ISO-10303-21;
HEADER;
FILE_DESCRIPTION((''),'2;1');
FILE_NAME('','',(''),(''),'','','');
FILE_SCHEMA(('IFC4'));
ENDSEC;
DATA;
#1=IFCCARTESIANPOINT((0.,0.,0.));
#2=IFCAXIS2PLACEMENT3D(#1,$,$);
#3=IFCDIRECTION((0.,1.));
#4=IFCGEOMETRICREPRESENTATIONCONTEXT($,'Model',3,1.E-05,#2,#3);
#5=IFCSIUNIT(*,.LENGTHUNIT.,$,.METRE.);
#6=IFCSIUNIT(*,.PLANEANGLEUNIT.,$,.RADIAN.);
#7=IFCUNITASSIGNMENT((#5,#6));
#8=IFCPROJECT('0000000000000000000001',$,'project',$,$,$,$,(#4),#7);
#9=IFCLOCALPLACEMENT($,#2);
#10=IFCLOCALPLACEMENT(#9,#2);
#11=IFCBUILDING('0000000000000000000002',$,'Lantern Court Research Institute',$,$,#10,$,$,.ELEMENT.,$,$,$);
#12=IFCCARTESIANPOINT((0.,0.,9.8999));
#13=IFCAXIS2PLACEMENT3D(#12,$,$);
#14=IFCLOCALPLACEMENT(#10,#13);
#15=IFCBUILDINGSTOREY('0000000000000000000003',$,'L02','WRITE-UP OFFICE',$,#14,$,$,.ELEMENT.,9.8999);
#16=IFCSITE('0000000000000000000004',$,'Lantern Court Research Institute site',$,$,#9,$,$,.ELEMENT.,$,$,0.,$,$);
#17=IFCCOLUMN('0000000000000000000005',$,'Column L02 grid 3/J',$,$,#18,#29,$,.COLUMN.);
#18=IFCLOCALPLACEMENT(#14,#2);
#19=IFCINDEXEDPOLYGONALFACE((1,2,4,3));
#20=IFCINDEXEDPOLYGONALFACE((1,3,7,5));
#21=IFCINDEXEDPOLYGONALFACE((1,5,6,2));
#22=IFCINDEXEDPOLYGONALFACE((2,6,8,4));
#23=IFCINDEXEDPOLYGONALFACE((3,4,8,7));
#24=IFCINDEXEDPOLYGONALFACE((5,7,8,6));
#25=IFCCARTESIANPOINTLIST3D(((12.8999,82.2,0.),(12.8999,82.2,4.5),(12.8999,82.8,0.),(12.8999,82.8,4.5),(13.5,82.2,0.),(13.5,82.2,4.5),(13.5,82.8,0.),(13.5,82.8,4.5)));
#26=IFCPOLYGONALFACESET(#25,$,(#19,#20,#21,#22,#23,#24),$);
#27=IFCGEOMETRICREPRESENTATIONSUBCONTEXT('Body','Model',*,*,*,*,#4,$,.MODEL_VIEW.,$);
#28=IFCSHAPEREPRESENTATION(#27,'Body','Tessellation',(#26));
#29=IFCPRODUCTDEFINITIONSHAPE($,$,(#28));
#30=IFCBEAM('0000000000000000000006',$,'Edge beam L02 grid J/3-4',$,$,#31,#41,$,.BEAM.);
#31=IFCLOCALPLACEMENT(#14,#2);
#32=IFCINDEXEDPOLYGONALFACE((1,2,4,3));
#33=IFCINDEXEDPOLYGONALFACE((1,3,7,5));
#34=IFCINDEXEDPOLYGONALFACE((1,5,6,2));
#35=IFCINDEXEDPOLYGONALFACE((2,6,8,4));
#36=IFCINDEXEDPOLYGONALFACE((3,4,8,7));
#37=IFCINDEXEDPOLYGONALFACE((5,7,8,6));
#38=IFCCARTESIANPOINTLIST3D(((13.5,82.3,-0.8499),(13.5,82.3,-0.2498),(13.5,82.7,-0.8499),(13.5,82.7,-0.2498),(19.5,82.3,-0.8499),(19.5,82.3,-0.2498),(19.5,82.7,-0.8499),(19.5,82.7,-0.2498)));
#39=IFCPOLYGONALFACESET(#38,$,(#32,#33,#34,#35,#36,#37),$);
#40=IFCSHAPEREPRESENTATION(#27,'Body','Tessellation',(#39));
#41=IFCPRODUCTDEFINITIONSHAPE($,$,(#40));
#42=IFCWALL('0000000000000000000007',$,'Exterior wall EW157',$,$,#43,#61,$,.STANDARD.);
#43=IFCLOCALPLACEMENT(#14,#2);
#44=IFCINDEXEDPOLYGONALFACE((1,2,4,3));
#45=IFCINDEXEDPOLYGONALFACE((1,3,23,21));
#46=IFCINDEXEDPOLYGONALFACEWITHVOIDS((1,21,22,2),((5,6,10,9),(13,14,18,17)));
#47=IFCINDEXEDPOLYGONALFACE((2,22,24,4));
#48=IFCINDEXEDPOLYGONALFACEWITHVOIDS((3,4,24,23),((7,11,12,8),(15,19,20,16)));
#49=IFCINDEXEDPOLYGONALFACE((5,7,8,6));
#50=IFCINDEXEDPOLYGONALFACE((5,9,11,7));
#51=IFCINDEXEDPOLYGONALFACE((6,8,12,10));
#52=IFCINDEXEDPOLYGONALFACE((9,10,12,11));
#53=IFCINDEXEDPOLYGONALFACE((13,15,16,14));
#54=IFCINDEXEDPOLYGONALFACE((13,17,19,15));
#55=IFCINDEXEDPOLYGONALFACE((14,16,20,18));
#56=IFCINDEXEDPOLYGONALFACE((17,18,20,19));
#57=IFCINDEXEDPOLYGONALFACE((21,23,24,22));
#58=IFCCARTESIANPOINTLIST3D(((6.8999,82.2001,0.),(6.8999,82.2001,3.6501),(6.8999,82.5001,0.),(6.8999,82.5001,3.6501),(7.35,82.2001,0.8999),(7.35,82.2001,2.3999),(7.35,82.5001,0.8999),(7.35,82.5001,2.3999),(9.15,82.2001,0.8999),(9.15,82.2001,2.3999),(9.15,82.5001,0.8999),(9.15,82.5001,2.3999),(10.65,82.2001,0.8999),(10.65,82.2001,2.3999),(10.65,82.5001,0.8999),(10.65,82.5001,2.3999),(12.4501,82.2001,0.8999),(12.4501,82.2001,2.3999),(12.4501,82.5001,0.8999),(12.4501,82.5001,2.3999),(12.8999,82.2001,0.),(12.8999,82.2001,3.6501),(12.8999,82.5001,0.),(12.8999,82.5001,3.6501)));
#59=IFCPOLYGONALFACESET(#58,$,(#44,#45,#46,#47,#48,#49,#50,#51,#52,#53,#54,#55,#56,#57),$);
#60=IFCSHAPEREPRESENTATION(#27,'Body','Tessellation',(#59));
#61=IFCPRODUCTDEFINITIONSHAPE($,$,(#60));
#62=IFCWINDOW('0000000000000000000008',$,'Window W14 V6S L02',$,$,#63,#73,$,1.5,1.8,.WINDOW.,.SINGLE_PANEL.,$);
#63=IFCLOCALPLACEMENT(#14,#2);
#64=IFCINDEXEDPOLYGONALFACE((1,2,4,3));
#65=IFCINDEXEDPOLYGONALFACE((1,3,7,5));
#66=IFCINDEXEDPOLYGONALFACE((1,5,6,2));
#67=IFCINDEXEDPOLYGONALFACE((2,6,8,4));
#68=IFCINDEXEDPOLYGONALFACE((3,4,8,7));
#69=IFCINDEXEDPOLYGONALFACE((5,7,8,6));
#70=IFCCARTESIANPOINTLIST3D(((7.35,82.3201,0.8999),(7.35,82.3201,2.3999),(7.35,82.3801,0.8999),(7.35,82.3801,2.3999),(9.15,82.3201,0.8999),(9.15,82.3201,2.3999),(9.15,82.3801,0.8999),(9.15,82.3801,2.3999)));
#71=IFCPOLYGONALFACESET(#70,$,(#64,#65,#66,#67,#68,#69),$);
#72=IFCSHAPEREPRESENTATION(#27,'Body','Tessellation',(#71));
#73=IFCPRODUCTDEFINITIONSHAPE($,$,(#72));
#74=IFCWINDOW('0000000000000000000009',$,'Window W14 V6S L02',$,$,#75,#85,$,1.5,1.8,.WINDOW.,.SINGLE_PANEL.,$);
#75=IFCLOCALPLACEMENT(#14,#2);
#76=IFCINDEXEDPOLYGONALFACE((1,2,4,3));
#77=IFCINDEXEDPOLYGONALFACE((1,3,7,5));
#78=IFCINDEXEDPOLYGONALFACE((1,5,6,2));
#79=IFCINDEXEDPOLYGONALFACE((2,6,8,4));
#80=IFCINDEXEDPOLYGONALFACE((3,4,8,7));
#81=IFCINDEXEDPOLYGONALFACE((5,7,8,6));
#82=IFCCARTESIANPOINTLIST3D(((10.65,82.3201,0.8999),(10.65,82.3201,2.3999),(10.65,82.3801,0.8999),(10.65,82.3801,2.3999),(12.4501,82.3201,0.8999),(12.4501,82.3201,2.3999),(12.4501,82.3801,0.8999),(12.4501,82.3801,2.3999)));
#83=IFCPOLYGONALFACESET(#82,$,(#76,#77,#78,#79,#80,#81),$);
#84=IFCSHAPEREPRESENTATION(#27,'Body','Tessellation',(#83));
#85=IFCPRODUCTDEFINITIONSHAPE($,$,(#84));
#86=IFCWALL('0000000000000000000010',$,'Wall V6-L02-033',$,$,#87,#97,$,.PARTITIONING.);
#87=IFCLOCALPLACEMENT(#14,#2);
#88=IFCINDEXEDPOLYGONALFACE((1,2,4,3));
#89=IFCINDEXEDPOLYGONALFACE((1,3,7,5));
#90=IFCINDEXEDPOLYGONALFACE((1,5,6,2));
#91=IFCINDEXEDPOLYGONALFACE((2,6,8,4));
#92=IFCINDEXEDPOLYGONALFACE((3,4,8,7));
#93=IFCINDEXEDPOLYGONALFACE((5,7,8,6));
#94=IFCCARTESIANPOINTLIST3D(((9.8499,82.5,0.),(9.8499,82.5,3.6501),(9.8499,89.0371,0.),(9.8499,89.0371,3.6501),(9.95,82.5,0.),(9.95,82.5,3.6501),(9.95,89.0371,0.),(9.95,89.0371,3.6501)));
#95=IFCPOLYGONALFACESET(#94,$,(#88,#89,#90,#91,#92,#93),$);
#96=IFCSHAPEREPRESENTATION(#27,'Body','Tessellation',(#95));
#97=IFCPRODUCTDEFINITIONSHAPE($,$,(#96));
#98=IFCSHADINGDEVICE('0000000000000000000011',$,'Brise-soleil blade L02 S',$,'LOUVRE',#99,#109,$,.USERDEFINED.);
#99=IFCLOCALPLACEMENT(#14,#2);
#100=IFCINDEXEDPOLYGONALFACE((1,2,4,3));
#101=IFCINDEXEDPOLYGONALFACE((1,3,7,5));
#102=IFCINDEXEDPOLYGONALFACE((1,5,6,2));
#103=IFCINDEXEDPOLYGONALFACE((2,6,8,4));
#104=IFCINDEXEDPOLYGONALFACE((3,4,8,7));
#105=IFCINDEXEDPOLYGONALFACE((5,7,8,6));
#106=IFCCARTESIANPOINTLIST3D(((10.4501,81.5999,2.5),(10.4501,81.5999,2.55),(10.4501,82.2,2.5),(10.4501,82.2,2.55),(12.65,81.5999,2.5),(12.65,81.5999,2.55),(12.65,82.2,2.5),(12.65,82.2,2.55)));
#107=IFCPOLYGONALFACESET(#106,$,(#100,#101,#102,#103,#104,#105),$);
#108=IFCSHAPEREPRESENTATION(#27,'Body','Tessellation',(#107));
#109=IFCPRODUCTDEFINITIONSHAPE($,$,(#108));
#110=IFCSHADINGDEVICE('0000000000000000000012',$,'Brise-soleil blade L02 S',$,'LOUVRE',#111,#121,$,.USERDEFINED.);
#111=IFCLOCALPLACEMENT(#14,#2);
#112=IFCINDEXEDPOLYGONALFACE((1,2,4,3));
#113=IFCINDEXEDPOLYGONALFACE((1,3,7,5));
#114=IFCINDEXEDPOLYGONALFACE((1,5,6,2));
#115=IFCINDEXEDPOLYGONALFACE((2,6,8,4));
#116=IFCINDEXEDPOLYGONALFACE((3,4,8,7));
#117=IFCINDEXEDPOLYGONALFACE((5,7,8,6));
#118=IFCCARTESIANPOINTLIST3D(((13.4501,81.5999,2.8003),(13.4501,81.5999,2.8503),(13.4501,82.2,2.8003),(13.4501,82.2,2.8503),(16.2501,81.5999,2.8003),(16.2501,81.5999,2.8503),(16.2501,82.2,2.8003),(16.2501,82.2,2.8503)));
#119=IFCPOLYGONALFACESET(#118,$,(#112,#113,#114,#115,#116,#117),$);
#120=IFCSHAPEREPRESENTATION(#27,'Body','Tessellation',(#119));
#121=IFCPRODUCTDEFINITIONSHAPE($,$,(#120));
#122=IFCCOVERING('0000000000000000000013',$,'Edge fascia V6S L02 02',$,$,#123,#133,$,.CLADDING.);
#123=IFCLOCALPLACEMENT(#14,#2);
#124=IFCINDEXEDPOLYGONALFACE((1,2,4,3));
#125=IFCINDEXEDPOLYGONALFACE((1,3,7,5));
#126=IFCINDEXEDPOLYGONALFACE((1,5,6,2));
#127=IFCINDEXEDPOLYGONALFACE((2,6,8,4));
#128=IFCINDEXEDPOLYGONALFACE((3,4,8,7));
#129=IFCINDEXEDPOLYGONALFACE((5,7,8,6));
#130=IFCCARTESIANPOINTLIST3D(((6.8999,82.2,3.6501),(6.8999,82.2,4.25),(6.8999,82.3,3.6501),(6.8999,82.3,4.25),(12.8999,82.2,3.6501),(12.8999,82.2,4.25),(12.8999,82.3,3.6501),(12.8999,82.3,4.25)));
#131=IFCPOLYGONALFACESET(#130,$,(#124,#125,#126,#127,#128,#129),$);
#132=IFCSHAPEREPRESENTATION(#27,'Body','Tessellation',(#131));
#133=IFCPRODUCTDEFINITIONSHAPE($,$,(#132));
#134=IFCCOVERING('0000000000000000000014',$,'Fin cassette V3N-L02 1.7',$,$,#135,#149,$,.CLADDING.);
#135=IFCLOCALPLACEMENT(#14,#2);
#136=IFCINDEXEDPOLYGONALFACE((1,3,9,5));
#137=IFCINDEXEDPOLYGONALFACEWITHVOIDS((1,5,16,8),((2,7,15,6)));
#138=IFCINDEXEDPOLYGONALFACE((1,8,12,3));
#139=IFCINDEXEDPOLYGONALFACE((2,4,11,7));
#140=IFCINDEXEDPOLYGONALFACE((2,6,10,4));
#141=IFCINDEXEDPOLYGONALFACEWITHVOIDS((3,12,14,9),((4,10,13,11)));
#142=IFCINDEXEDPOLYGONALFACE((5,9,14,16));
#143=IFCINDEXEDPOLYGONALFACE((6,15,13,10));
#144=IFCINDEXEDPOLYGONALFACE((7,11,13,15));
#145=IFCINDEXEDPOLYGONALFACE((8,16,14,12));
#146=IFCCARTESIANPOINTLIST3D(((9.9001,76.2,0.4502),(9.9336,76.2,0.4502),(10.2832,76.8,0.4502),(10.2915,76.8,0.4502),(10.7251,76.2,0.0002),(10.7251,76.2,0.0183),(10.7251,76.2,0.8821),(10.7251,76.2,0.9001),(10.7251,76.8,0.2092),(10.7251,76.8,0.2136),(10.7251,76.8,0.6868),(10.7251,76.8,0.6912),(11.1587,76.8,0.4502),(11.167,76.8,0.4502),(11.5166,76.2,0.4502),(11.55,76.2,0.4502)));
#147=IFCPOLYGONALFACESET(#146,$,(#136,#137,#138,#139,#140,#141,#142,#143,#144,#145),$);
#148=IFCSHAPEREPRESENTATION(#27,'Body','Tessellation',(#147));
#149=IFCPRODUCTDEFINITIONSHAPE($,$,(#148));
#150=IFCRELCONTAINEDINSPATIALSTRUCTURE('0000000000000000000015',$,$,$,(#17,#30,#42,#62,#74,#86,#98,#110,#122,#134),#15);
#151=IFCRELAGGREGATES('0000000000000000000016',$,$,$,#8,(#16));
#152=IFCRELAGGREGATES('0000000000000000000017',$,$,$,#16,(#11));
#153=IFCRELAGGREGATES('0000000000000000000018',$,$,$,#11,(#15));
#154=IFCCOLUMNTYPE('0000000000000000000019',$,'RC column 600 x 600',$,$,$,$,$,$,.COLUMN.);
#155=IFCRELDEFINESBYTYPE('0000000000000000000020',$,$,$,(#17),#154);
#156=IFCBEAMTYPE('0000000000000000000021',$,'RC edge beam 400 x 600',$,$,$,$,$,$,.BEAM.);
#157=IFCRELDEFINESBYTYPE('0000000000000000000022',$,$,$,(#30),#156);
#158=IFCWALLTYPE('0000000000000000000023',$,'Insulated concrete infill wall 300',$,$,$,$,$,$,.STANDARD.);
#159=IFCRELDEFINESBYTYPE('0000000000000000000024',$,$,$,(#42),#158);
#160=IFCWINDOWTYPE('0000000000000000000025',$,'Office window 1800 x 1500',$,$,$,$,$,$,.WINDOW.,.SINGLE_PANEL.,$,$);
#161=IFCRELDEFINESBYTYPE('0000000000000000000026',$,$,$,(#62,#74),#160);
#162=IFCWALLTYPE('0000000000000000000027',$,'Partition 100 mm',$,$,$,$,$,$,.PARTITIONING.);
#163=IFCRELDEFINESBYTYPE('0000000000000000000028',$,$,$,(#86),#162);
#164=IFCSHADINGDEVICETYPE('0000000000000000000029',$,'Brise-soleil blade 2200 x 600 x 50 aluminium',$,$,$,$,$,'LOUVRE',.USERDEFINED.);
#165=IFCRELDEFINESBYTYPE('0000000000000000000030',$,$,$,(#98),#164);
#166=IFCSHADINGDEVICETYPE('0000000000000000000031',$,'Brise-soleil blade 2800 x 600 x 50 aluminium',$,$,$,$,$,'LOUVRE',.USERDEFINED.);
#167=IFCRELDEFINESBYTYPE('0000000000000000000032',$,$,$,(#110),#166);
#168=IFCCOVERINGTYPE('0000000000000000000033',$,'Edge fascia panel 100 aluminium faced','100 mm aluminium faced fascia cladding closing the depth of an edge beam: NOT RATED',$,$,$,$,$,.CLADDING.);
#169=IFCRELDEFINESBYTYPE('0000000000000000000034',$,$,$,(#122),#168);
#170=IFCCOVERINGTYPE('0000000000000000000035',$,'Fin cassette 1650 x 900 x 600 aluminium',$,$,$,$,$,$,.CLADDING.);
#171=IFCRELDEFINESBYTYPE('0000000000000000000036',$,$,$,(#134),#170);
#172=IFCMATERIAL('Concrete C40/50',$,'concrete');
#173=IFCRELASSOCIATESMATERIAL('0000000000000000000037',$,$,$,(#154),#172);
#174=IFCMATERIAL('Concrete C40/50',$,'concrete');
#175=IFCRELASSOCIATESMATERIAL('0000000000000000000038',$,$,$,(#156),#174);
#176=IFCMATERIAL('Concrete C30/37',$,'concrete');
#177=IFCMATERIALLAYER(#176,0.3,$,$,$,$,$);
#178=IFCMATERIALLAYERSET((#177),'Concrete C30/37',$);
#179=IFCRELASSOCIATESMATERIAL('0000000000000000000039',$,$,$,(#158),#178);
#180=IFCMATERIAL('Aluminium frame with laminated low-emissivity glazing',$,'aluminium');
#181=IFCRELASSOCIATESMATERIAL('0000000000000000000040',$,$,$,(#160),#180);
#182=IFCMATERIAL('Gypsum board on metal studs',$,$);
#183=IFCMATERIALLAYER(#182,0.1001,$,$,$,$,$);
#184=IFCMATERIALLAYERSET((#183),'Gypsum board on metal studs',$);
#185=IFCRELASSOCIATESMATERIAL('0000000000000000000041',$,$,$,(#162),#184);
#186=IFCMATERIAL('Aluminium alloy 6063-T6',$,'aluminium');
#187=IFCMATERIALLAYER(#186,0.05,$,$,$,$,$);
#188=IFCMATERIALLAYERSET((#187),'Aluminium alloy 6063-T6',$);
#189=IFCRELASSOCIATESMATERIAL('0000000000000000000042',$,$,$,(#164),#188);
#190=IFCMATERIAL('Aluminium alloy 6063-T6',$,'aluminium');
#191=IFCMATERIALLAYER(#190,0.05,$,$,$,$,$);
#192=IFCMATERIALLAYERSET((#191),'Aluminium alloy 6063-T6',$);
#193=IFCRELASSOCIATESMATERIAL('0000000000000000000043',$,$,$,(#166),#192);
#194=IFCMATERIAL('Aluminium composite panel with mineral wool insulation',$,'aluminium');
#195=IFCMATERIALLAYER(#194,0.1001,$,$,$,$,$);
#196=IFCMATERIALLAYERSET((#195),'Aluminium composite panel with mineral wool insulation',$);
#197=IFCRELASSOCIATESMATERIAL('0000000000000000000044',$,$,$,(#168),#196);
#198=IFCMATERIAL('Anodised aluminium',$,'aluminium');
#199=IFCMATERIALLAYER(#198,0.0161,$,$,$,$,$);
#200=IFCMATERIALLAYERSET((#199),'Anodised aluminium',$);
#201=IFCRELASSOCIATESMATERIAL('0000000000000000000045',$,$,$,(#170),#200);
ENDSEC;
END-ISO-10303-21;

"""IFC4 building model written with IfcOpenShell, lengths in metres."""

from ifc_helpers import new_model, entity, si_unit, direction, frame, frame_2d, origin, origin_2d, place, context, subcontext, project, spatial, rectangle, extrude, material, layer, layer_set, material_profile, profile_set, type_object, element, fill, save


model = new_model("IFC4")

# Units and contexts
model_context = context("Model", 3, precision=1e-05, world=origin(), true_north=direction((0.0, 1.0)))
body_context = subcontext(model_context, "Body", "Model", "MODEL_VIEW")
ifc_project = project(units=[si_unit("LENGTHUNIT", "METRE"), si_unit("PLANEANGLEUNIT", "RADIAN")], contexts=[model_context])

# Site, building, storey
site_placement = place(None, origin())
site = spatial("IfcSite", under=ifc_project, at=site_placement, Name="Lantern Court Research Institute site", CompositionType="ELEMENT", RefElevation=0.0)
building_placement = place(site_placement, origin())
building = spatial("IfcBuilding", under=site, at=building_placement, Name="Lantern Court Research Institute", CompositionType="ELEMENT")
storey_placement = place(building_placement, frame((0.0, 0.0, 9.8999)))
storey = spatial("IfcBuildingStorey", under=building, at=storey_placement, Name="L02", Description="WRITE-UP OFFICE", CompositionType="ELEMENT", Elevation=9.8999)

# Column
ifc_material_1 = material(Name="Concrete C40/50", Category="concrete")
ifc_material_profile_1 = material_profile(ifc_material_1, rectangle(XDim=0.6001, YDim=0.6001, at=origin_2d()), Name="RC column 600 x 600")
ifc_profile_set_1 = profile_set([ifc_material_profile_1], Name="Concrete C40/50")
column_type = type_object("IfcColumnType", Name="RC column 600 x 600", PredefinedType="COLUMN", material=ifc_profile_set_1)
column_placement = place(storey_placement, frame((13.2, 82.5, 0.0), z_axis=(0.0, 0.0, 1.0), x_axis=(1.0, 0.0, 0.0)))
element("IfcColumn", 1, at=column_placement, inside=storey, type_object=column_type, Name="Column L02 grid 3/J", PredefinedType="COLUMN", context=body_context, shape_type="SweptSolid", body=[
    extrude(rectangle(XDim=0.6001, YDim=0.6001, at=origin_2d()), origin(), (0.0, 0.0, 1.0), 4.5),
])

# Beam
ifc_material_2 = material(Name="Concrete C40/50", Category="concrete")
ifc_material_profile_2 = material_profile(ifc_material_2, rectangle(XDim=0.3999, YDim=0.6001, at=origin_2d()), Name="RC beam 400 x 600")
ifc_profile_set_2 = profile_set([ifc_material_profile_2], Name="Concrete C40/50")
beam_type = type_object("IfcBeamType", Name="RC edge beam 400 x 600", PredefinedType="BEAM", material=ifc_profile_set_2)
beam_placement = place(storey_placement, frame((13.5, 82.5, -0.5498), z_axis=(1.0, 0.0, 0.0), x_axis=(0.0, 1.0, 0.0)))
element("IfcBeam", 2, at=beam_placement, inside=storey, type_object=beam_type, Name="Edge beam L02 grid J/3-4", PredefinedType="BEAM", context=body_context, shape_type="SweptSolid", body=[
    extrude(rectangle(XDim=0.3999, YDim=0.6001, at=origin_2d()), origin(), (0.0, 0.0, 1.0), 6.0),
])

# Wall, openings, windows
ifc_material_3 = material(Name="Concrete C30/37", Category="concrete")
ifc_layer_1 = layer(ifc_material_3, 0.3)
ifc_layer_set_1 = layer_set([ifc_layer_1], Name="Concrete C30/37")
wall_type_1 = type_object("IfcWallType", Name="Insulated concrete infill wall 300", PredefinedType="STANDARD", material=ifc_layer_set_1)
wall_1_placement = place(storey_placement, frame((12.8999, 82.3501, 0.0), z_axis=(0.0, 0.0, 1.0), x_axis=(-1.0, 0.0, 0.0)))
wall_1 = element("IfcWall", 3, at=wall_1_placement, inside=storey, type_object=wall_type_1, Name="Exterior wall EW157", PredefinedType="STANDARD", context=body_context, shape_type="SweptSolid", body=[
    extrude(rectangle(XDim=6.0, YDim=0.3, at=frame_2d((3.0, 0.0))), origin(), (0.0, 0.0, 1.0), 3.6501),
])
opening_1_placement = place(wall_1_placement, frame((3.75, 0.0, 0.8999)))
opening_1 = element("IfcOpeningElement", 4, at=opening_1_placement, cuts=wall_1, PredefinedType="OPENING", context=body_context, shape_type="SweptSolid", body=[
    extrude(rectangle(XDim=1.8, YDim=1.5, at=frame_2d((0.8999, 0.75))), frame((0.0, 0.1599, 0.0), z_axis=(0.0, -1.0, 0.0), x_axis=(1.0, 0.0, 0.0)), (0.0, 0.0, 1.0), 0.3201),
])
opening_2_placement = place(wall_1_placement, frame((0.45, 0.0, 0.8999)))
opening_2 = element("IfcOpeningElement", 5, at=opening_2_placement, cuts=wall_1, PredefinedType="OPENING", context=body_context, shape_type="SweptSolid", body=[
    extrude(rectangle(XDim=1.8, YDim=1.5, at=frame_2d((0.8999, 0.75))), frame((0.0, 0.1599, 0.0), z_axis=(0.0, -1.0, 0.0), x_axis=(1.0, 0.0, 0.0)), (0.0, 0.0, 1.0), 0.3201),
])
ifc_material_4 = material(Name="Aluminium frame with laminated low-emissivity glazing", Category="aluminium")
window_type = type_object("IfcWindowType", Name="Office window 1800 x 1500", PartitioningType="SINGLE_PANEL", PredefinedType="WINDOW", material=ifc_material_4)
window_1_placement = place(opening_1_placement, origin())
window_1 = element("IfcWindow", 6, at=window_1_placement, inside=storey, type_object=window_type, Name="Window W14 V6S L02", OverallHeight=1.5, OverallWidth=1.8, PartitioningType="SINGLE_PANEL", PredefinedType="WINDOW", context=body_context, shape_type="SweptSolid", body=[
    extrude(rectangle(XDim=1.8, YDim=1.5, at=frame_2d((0.8999, 0.75))), frame((0.0, 0.03, 0.0), z_axis=(0.0, -1.0, 0.0), x_axis=(1.0, 0.0, 0.0)), (0.0, 0.0, 1.0), 0.0601),
])
fill(opening_1, window_1)
window_2_placement = place(opening_2_placement, origin())
window_2 = element("IfcWindow", 7, at=window_2_placement, inside=storey, type_object=window_type, Name="Window W14 V6S L02", OverallHeight=1.5, OverallWidth=1.8, PartitioningType="SINGLE_PANEL", PredefinedType="WINDOW", context=body_context, shape_type="SweptSolid", body=[
    extrude(rectangle(XDim=1.8, YDim=1.5, at=frame_2d((0.8999, 0.75))), frame((0.0, 0.03, 0.0), z_axis=(0.0, -1.0, 0.0), x_axis=(1.0, 0.0, 0.0)), (0.0, 0.0, 1.0), 0.0601),
])
fill(opening_2, window_2)

# Wall
ifc_material_5 = material(Name="Gypsum board on metal studs")
ifc_layer_2 = layer(ifc_material_5, 0.1001)
ifc_layer_set_2 = layer_set([ifc_layer_2], Name="Gypsum board on metal studs")
wall_type_2 = type_object("IfcWallType", Name="Partition 100 mm", PredefinedType="PARTITIONING", material=ifc_layer_set_2)
wall_2_placement = place(storey_placement, frame((9.8999, 82.5, 0.0), z_axis=(0.0, 0.0, 1.0), x_axis=(0.0, 1.0, 0.0)))
element("IfcWall", 8, at=wall_2_placement, inside=storey, type_object=wall_type_2, Name="Wall V6-L02-033", PredefinedType="PARTITIONING", context=body_context, shape_type="SweptSolid", body=[
    extrude(rectangle(XDim=6.5371, YDim=0.1001, at=frame_2d((3.2686, 0.0))), origin(), (0.0, 0.0, 1.0), 3.6501),
])

# Shading devices
ifc_material_6 = material(Name="Aluminium alloy 6063-T6", Category="aluminium")
ifc_layer_3 = layer(ifc_material_6, 0.05)
ifc_layer_set_3 = layer_set([ifc_layer_3], Name="Aluminium alloy 6063-T6")
shading_device_type_1 = type_object("IfcShadingDeviceType", Name="Brise-soleil blade 2200 x 600 x 50 aluminium", ElementType="LOUVRE", PredefinedType="USERDEFINED", material=ifc_layer_set_3)
shading_device_1_placement = place(storey_placement, frame((11.55, 81.8999, 2.5), z_axis=(0.0, 0.0, 1.0), x_axis=(-1.0, 0.0, 0.0)))
element("IfcShadingDevice", 9, at=shading_device_1_placement, inside=storey, type_object=shading_device_type_1, Name="Brise-soleil blade L02 S", ObjectType="LOUVRE", PredefinedType="USERDEFINED", context=body_context, shape_type="SweptSolid", body=[
    extrude(rectangle(XDim=2.2, YDim=0.6001, at=origin_2d()), origin(), (0.0, 0.0, 1.0), 0.05),
])
ifc_material_7 = material(Name="Aluminium alloy 6063-T6", Category="aluminium")
ifc_layer_4 = layer(ifc_material_7, 0.05)
ifc_layer_set_4 = layer_set([ifc_layer_4], Name="Aluminium alloy 6063-T6")
shading_device_type_2 = type_object("IfcShadingDeviceType", Name="Brise-soleil blade 2800 x 600 x 50 aluminium", ElementType="LOUVRE", PredefinedType="USERDEFINED", material=ifc_layer_set_4)
shading_device_2_placement = place(storey_placement, frame((14.8501, 81.8999, 2.8003), z_axis=(0.0, 0.0, 1.0), x_axis=(-1.0, 0.0, 0.0)))
element("IfcShadingDevice", 10, at=shading_device_2_placement, inside=storey, type_object=shading_device_type_2, Name="Brise-soleil blade L02 S", ObjectType="LOUVRE", PredefinedType="USERDEFINED", context=body_context, shape_type="SweptSolid", body=[
    extrude(rectangle(XDim=2.8, YDim=0.6001, at=origin_2d()), origin(), (0.0, 0.0, 1.0), 0.05),
])

# Coverings
ifc_material_8 = material(Name="Aluminium composite panel with mineral wool insulation", Category="aluminium")
ifc_layer_5 = layer(ifc_material_8, 0.1001)
ifc_layer_set_5 = layer_set([ifc_layer_5], Name="Aluminium composite panel with mineral wool insulation")
covering_type_1 = type_object("IfcCoveringType", Name="Edge fascia panel 100 aluminium faced", Description="100 mm aluminium faced fascia cladding closing the depth of an edge beam: NOT RATED", PredefinedType="CLADDING", material=ifc_layer_set_5)
covering_1_placement = place(storey_placement, frame((12.8999, 82.25, 3.6501), z_axis=(0.0, 0.0, 1.0), x_axis=(-1.0, 0.0, 0.0)))
element("IfcCovering", 11, at=covering_1_placement, inside=storey, type_object=covering_type_1, Name="Edge fascia V6S L02 02", PredefinedType="CLADDING", context=body_context, shape_type="SweptSolid", body=[
    extrude(rectangle(XDim=6.0, YDim=0.1001, at=frame_2d((3.0, 0.0))), origin(), (0.0, 0.0, 1.0), 0.5999),
])
ifc_material_9 = material(Name="Anodised aluminium", Category="aluminium")
ifc_layer_6 = layer(ifc_material_9, 0.0161)
ifc_layer_set_6 = layer_set([ifc_layer_6], Name="Anodised aluminium")
covering_type_2 = type_object("IfcCoveringType", Name="Fin cassette 1650 x 900 x 600 aluminium", PredefinedType="CLADDING", material=ifc_layer_set_6)
covering_2_placement = place(storey_placement, frame((10.7251, 76.2, 0.4502), z_axis=(0.0, 1.0, 0.0), x_axis=(-1.0, 0.0, 0.0)))
cartesian_point_1 = entity("IfcCartesianPoint", [0.825, 0.0])
cartesian_point_2 = entity("IfcCartesianPoint", [0.7915, 0.0])
cartesian_point_3 = entity("IfcCartesianPoint", [0.4419, 0.0])
cartesian_point_4 = entity("IfcCartesianPoint", [0.4336, 0.0])
element("IfcCovering", 12, at=covering_2_placement, inside=storey, type_object=covering_type_2, Name="Fin cassette V3N-L02 1.7", PredefinedType="CLADDING", context=body_context, shape_type="SweptSolid", body=[
    entity("IfcExtrudedAreaSolidTapered", entity("IfcArbitraryProfileDefWithVoids", "AREA", None, entity("IfcPolyline", [cartesian_point_1, entity("IfcCartesianPoint", [0.0, 0.45]), entity("IfcCartesianPoint", [-0.825, 0.0]), entity("IfcCartesianPoint", [0.0, -0.45]), cartesian_point_1]), [entity("IfcPolyline", [cartesian_point_2, entity("IfcCartesianPoint", [0.0, 0.4319]), entity("IfcCartesianPoint", [-0.7915, 0.0]), entity("IfcCartesianPoint", [0.0, -0.4319]), cartesian_point_2])]), entity("IfcAxis2Placement3D", entity("IfcCartesianPoint", [0.0, 0.0, 0.0])), entity("IfcDirection", [0.0, 0.0, 1.0]), 0.6001, entity("IfcArbitraryProfileDefWithVoids", "AREA", None, entity("IfcPolyline", [cartesian_point_3, entity("IfcCartesianPoint", [0.0, 0.241]), entity("IfcCartesianPoint", [-0.4419, 0.0]), entity("IfcCartesianPoint", [0.0, -0.241]), cartesian_point_3]), [entity("IfcPolyline", [cartesian_point_4, entity("IfcCartesianPoint", [0.0, 0.2366]), entity("IfcCartesianPoint", [-0.4336, 0.0]), entity("IfcCartesianPoint", [0.0, -0.2366]), cartesian_point_4])])),
])

save(model, "model.ifc")
